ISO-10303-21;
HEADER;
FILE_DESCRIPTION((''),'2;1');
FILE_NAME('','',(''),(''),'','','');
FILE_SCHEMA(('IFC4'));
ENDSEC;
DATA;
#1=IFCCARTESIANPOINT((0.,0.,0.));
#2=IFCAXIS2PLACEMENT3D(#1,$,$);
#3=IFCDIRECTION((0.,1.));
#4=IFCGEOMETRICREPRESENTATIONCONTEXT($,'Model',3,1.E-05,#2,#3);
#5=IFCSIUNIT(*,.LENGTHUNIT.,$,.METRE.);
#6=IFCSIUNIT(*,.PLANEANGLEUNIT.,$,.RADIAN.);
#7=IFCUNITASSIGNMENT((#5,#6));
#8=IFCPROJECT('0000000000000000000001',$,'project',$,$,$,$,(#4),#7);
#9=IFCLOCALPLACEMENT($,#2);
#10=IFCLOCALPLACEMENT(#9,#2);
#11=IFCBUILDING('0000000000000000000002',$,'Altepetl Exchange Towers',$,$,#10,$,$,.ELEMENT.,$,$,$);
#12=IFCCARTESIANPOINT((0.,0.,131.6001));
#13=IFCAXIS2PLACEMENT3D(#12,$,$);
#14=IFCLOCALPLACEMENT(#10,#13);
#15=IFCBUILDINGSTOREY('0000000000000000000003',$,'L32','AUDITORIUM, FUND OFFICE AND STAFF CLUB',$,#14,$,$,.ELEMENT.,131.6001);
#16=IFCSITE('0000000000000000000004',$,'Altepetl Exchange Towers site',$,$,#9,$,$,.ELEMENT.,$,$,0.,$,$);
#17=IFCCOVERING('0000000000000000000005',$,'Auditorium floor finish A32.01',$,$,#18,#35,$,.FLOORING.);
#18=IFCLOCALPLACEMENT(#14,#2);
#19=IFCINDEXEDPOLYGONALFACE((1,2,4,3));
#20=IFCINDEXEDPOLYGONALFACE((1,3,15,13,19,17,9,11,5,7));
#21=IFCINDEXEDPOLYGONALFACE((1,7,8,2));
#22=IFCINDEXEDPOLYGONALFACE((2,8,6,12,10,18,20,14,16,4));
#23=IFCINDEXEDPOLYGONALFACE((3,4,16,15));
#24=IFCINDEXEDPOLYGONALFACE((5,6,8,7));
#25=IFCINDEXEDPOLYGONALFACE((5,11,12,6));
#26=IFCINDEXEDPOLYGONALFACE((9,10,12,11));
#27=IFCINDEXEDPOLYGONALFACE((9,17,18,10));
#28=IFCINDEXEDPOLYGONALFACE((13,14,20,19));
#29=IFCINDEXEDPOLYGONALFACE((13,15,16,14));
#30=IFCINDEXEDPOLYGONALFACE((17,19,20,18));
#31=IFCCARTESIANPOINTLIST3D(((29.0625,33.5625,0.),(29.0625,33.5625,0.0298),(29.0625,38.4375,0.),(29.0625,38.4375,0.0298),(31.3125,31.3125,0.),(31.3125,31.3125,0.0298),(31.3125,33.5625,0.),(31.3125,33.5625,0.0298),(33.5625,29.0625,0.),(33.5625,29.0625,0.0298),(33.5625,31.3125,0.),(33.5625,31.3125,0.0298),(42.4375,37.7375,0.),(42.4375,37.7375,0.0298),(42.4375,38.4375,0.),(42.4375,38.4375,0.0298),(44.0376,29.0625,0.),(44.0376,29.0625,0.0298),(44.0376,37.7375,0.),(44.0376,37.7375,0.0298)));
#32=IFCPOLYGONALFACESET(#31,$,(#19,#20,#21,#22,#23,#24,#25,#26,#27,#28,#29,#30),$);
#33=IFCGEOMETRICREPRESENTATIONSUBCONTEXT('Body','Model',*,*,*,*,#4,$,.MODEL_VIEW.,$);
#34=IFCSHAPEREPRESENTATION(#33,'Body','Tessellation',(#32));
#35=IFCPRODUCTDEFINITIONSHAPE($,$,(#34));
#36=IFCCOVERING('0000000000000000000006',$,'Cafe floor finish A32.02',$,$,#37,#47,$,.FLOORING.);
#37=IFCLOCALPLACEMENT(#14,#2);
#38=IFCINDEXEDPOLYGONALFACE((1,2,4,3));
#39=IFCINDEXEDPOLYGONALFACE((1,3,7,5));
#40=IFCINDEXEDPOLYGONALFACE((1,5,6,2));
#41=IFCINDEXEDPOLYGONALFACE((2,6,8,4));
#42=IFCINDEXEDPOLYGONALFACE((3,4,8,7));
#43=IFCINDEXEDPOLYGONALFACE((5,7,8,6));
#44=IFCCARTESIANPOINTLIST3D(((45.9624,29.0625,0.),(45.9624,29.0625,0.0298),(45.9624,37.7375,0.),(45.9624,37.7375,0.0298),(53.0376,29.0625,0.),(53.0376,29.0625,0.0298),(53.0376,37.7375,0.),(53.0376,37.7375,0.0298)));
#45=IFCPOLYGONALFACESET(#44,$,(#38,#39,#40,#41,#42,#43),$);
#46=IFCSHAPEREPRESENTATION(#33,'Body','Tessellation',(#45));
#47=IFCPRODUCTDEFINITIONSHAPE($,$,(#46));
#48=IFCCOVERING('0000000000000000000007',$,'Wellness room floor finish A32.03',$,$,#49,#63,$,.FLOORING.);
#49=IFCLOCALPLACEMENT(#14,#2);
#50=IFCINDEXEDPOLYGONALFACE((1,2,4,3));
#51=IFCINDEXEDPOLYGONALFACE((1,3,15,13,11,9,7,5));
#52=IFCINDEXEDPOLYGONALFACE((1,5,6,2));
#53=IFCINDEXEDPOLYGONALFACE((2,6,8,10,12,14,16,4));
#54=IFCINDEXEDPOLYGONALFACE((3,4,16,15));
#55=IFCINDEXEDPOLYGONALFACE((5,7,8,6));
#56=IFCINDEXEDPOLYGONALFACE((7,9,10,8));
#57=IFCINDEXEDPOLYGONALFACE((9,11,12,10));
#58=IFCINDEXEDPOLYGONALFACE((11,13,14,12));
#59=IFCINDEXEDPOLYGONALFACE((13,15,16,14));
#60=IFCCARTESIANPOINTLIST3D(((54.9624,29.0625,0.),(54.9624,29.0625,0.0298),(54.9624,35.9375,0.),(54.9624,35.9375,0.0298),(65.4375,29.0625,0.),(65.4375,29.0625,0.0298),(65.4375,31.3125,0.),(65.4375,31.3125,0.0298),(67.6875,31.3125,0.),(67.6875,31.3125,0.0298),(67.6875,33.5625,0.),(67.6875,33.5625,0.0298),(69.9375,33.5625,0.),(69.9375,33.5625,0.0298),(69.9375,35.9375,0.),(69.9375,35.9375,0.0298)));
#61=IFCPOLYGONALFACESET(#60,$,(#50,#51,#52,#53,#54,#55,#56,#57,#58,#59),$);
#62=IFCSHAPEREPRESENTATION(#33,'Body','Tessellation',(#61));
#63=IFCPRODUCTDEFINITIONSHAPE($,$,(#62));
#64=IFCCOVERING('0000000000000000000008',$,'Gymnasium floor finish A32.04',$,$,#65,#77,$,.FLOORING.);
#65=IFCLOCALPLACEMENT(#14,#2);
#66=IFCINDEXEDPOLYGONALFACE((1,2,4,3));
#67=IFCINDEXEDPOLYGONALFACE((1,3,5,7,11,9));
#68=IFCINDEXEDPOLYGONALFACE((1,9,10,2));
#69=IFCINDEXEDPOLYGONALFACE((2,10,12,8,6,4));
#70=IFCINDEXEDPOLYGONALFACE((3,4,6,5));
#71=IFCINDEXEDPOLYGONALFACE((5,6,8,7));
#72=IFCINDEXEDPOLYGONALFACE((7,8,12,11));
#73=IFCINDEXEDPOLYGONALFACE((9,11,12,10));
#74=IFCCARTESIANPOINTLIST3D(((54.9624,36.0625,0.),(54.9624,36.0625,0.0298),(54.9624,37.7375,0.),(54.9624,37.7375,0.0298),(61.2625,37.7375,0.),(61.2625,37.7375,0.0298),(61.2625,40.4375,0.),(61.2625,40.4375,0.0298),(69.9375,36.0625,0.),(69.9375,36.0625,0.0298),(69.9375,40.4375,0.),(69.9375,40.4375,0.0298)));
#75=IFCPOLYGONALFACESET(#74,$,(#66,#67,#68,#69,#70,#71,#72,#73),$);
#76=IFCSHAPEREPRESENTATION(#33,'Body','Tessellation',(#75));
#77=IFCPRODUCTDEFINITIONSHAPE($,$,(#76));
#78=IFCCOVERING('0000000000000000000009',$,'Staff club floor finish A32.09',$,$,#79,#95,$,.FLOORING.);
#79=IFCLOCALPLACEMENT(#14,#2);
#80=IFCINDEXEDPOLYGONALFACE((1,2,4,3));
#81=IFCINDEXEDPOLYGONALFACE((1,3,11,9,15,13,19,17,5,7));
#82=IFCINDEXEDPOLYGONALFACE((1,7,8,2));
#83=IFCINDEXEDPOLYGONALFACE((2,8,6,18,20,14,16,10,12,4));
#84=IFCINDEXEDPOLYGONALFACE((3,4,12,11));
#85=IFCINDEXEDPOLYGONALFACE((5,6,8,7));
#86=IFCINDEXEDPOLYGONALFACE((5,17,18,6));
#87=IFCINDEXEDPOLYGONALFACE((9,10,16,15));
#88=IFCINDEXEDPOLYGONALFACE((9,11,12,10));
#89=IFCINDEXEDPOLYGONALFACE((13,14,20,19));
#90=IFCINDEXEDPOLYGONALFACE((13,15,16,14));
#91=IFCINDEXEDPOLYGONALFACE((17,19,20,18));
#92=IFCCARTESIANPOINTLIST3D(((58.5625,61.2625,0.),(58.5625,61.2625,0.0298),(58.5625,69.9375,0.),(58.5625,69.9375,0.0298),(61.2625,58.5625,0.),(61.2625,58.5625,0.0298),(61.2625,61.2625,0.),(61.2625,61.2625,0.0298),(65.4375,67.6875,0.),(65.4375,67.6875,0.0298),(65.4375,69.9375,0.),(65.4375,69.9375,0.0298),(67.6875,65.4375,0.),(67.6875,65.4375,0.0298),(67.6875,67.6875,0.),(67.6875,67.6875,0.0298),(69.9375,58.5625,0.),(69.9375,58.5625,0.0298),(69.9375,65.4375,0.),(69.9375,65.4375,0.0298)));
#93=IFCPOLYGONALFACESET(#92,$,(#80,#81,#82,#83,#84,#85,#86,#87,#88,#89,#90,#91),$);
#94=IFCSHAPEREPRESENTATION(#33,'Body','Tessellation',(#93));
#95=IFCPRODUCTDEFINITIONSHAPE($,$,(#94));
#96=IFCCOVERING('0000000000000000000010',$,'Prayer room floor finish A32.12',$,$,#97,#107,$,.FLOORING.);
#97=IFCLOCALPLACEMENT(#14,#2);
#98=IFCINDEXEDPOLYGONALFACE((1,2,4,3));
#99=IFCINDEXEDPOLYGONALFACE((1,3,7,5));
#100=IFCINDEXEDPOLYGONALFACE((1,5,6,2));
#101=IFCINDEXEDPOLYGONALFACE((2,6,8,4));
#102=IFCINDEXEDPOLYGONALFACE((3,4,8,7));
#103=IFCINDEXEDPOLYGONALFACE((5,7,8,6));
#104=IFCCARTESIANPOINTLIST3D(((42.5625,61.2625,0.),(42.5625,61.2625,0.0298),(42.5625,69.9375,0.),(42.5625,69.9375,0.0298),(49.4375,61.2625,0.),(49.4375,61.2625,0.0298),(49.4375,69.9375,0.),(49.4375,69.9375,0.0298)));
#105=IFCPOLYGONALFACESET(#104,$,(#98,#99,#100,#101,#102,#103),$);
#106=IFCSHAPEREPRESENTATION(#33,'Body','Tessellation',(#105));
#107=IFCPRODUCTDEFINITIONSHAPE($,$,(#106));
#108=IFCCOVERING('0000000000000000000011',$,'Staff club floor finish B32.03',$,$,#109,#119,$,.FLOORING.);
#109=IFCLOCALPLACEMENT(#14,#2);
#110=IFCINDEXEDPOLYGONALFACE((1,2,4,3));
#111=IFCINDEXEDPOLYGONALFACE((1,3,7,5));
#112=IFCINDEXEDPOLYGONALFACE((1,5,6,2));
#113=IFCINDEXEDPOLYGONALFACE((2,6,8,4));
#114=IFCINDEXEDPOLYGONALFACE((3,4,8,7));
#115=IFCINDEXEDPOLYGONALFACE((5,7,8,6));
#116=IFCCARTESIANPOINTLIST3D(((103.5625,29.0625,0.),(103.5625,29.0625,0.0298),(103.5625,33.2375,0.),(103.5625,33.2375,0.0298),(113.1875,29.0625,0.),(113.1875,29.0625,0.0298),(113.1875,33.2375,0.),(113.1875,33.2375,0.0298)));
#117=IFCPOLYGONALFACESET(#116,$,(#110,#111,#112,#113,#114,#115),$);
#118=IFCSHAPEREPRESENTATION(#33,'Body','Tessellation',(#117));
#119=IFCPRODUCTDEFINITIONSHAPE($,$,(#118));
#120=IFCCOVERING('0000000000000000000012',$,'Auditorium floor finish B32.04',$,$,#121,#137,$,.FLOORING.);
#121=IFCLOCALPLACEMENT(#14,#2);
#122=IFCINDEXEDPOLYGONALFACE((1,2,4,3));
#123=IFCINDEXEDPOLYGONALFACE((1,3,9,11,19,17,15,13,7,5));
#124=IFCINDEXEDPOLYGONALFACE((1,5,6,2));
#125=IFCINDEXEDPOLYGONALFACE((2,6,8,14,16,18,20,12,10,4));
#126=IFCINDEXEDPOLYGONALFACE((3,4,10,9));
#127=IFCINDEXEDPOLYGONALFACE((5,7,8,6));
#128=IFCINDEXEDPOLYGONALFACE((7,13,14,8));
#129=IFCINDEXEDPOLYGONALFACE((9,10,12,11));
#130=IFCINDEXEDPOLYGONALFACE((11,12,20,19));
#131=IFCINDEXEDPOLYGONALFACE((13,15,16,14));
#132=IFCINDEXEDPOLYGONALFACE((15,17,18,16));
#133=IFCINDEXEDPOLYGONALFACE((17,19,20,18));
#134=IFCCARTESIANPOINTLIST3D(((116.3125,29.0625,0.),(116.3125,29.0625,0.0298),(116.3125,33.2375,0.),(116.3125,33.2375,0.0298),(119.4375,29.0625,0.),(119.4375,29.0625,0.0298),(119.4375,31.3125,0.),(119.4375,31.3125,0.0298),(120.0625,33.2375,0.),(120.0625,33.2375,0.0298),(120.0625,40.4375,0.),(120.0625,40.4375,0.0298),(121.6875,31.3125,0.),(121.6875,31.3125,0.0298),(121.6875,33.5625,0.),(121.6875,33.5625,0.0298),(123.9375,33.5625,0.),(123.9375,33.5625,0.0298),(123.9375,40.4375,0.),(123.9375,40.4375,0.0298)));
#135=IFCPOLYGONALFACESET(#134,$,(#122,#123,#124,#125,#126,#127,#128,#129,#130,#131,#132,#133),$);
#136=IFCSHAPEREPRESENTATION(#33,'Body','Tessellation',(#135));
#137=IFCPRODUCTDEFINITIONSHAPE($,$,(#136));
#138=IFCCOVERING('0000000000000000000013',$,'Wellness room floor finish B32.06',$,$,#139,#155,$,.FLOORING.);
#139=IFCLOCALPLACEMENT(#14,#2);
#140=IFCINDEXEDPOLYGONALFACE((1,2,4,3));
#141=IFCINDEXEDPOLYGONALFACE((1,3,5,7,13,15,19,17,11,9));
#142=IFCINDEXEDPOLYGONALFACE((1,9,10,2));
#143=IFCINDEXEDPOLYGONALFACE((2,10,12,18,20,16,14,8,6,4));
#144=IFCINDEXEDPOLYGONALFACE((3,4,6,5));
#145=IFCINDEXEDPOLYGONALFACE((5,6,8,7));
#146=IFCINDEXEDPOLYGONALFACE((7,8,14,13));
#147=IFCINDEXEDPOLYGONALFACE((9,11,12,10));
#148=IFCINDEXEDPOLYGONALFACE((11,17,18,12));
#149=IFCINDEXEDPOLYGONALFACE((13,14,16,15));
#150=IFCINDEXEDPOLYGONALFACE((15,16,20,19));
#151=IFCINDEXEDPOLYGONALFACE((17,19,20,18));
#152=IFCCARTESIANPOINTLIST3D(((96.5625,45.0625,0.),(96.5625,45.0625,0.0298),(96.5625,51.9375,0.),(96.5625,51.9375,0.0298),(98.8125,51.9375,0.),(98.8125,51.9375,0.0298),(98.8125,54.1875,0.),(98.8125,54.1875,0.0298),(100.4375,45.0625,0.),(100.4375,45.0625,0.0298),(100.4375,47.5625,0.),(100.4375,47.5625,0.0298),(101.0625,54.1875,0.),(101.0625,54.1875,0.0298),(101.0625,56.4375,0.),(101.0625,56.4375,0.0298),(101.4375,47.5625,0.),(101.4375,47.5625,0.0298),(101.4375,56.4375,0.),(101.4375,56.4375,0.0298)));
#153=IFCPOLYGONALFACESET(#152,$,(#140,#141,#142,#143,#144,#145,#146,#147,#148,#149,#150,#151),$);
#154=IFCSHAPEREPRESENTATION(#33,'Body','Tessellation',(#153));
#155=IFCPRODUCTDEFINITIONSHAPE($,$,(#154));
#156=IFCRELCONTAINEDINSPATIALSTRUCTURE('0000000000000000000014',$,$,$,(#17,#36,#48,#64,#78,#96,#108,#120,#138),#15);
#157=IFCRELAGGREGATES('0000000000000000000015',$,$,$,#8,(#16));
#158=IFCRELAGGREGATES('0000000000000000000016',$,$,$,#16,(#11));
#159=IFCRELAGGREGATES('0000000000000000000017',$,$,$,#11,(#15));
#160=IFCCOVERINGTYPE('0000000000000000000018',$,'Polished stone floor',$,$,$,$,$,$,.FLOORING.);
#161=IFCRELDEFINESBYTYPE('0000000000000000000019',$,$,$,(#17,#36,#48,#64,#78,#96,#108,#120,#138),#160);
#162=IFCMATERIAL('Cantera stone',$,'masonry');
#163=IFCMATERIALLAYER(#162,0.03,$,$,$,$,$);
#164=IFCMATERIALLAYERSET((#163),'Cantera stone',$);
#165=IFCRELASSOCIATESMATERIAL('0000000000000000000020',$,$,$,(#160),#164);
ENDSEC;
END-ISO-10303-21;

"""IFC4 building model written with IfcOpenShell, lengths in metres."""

from ifc_helpers import new_model, si_unit, direction, frame, origin, place, context, subcontext, project, spatial, polyline, outline, extrude, material, layer, layer_set, type_object, element, save


model = new_model("IFC4")

# Units and contexts
model_context = context("Model", 3, precision=1e-05, world=origin(), true_north=direction((0.0, 1.0)))
body_context = subcontext(model_context, "Body", "Model", "MODEL_VIEW")
ifc_project = project(units=[si_unit("LENGTHUNIT", "METRE"), si_unit("PLANEANGLEUNIT", "RADIAN")], contexts=[model_context])

# Site, building, storey
site_placement = place(None, origin())
site = spatial("IfcSite", under=ifc_project, at=site_placement, Name="Altepetl Exchange Towers site", CompositionType="ELEMENT", RefElevation=0.0)
building_placement = place(site_placement, origin())
building = spatial("IfcBuilding", under=site, at=building_placement, Name="Altepetl Exchange Towers", CompositionType="ELEMENT")
storey_placement = place(building_placement, frame((0.0, 0.0, 131.6001)))
storey = spatial("IfcBuildingStorey", under=building, at=storey_placement, Name="L32", Description="AUDITORIUM, FUND OFFICE AND STAFF CLUB", CompositionType="ELEMENT", Elevation=131.6001)

# Coverings
ifc_material_1 = material(Name="Cantera stone", Category="masonry")
ifc_layer_1 = layer(ifc_material_1, 0.03)
ifc_layer_set_1 = layer_set([ifc_layer_1], Name="Cantera stone")
covering_type_1 = type_object("IfcCoveringType", Name="Polished stone floor", PredefinedType="FLOORING", material=ifc_layer_set_1)
covering_1_placement = place(storey_placement, origin())
element("IfcCovering", 1, at=covering_1_placement, inside=storey, type_object=covering_type_1, Name="Auditorium floor finish A32.01", PredefinedType="FLOORING", context=body_context, shape_type="SweptSolid", body=[
    extrude(outline(polyline([(31.3125, 33.5625), (31.3125, 31.3125), (33.5625, 31.3125), (33.5625, 29.0625), (44.0376, 29.0625), (44.0376, 37.7375), (42.4375, 37.7375), (42.4375, 38.4375), (29.0625, 38.4375), (29.0625, 33.5625), (31.3125, 33.5625)])), origin(), (0.0, 0.0, 1.0), 0.0298),
])
covering_2_placement = place(storey_placement, origin())
element("IfcCovering", 2, at=covering_2_placement, inside=storey, type_object=covering_type_1, Name="Cafe floor finish A32.02", PredefinedType="FLOORING", context=body_context, shape_type="SweptSolid", body=[
    extrude(outline(polyline([(45.9624, 37.7375), (45.9624, 29.0625), (53.0376, 29.0625), (53.0376, 37.7375), (45.9624, 37.7375)])), origin(), (0.0, 0.0, 1.0), 0.0298),
])
covering_3_placement = place(storey_placement, origin())
element("IfcCovering", 3, at=covering_3_placement, inside=storey, type_object=covering_type_1, Name="Wellness room floor finish A32.03", PredefinedType="FLOORING", context=body_context, shape_type="SweptSolid", body=[
    extrude(outline(polyline([(69.9375, 35.9375), (54.9624, 35.9375), (54.9624, 29.0625), (65.4375, 29.0625), (65.4375, 31.3125), (67.6875, 31.3125), (67.6875, 33.5625), (69.9375, 33.5625), (69.9375, 35.9375)])), origin(), (0.0, 0.0, 1.0), 0.0298),
])
covering_4_placement = place(storey_placement, origin())
element("IfcCovering", 4, at=covering_4_placement, inside=storey, type_object=covering_type_1, Name="Gymnasium floor finish A32.04", PredefinedType="FLOORING", context=body_context, shape_type="SweptSolid", body=[
    extrude(outline(polyline([(69.9375, 40.4375), (61.2625, 40.4375), (61.2625, 37.7375), (54.9624, 37.7375), (54.9624, 36.0625), (69.9375, 36.0625), (69.9375, 40.4375)])), origin(), (0.0, 0.0, 1.0), 0.0298),
])
covering_5_placement = place(storey_placement, origin())
element("IfcCovering", 5, at=covering_5_placement, inside=storey, type_object=covering_type_1, Name="Staff club floor finish A32.09", PredefinedType="FLOORING", context=body_context, shape_type="SweptSolid", body=[
    extrude(outline(polyline([(61.2625, 58.5625), (69.9375, 58.5625), (69.9375, 65.4375), (67.6875, 65.4375), (67.6875, 67.6875), (65.4375, 67.6875), (65.4375, 69.9375), (58.5625, 69.9375), (58.5625, 61.2625), (61.2625, 61.2625), (61.2625, 58.5625)])), origin(), (0.0, 0.0, 1.0), 0.0298),
])
covering_6_placement = place(storey_placement, origin())
element("IfcCovering", 6, at=covering_6_placement, inside=storey, type_object=covering_type_1, Name="Prayer room floor finish A32.12", PredefinedType="FLOORING", context=body_context, shape_type="SweptSolid", body=[
    extrude(outline(polyline([(49.4375, 61.2625), (49.4375, 69.9375), (42.5625, 69.9375), (42.5625, 61.2625), (49.4375, 61.2625)])), origin(), (0.0, 0.0, 1.0), 0.0298),
])
covering_7_placement = place(storey_placement, origin())
element("IfcCovering", 7, at=covering_7_placement, inside=storey, type_object=covering_type_1, Name="Staff club floor finish B32.03", PredefinedType="FLOORING", context=body_context, shape_type="SweptSolid", body=[
    extrude(outline(polyline([(113.1875, 33.2375), (103.5625, 33.2375), (103.5625, 29.0625), (113.1875, 29.0625), (113.1875, 33.2375)])), origin(), (0.0, 0.0, 1.0), 0.0298),
])
covering_8_placement = place(storey_placement, origin())
element("IfcCovering", 8, at=covering_8_placement, inside=storey, type_object=covering_type_1, Name="Auditorium floor finish B32.04", PredefinedType="FLOORING", context=body_context, shape_type="SweptSolid", body=[
    extrude(outline(polyline([(121.6875, 33.5625), (123.9375, 33.5625), (123.9375, 40.4375), (120.0625, 40.4375), (120.0625, 33.2375), (116.3125, 33.2375), (116.3125, 29.0625), (119.4375, 29.0625), (119.4375, 31.3125), (121.6875, 31.3125), (121.6875, 33.5625)])), origin(), (0.0, 0.0, 1.0), 0.0298),
])
covering_9_placement = place(storey_placement, origin())
element("IfcCovering", 9, at=covering_9_placement, inside=storey, type_object=covering_type_1, Name="Wellness room floor finish B32.06", PredefinedType="FLOORING", context=body_context, shape_type="SweptSolid", body=[
    extrude(outline(polyline([(101.0625, 56.4375), (101.0625, 54.1875), (98.8125, 54.1875), (98.8125, 51.9375), (96.5625, 51.9375), (96.5625, 45.0625), (100.4375, 45.0625), (100.4375, 47.5625), (101.4375, 47.5625), (101.4375, 56.4375), (101.0625, 56.4375)])), origin(), (0.0, 0.0, 1.0), 0.0298),
])

save(model, "model.ifc")
